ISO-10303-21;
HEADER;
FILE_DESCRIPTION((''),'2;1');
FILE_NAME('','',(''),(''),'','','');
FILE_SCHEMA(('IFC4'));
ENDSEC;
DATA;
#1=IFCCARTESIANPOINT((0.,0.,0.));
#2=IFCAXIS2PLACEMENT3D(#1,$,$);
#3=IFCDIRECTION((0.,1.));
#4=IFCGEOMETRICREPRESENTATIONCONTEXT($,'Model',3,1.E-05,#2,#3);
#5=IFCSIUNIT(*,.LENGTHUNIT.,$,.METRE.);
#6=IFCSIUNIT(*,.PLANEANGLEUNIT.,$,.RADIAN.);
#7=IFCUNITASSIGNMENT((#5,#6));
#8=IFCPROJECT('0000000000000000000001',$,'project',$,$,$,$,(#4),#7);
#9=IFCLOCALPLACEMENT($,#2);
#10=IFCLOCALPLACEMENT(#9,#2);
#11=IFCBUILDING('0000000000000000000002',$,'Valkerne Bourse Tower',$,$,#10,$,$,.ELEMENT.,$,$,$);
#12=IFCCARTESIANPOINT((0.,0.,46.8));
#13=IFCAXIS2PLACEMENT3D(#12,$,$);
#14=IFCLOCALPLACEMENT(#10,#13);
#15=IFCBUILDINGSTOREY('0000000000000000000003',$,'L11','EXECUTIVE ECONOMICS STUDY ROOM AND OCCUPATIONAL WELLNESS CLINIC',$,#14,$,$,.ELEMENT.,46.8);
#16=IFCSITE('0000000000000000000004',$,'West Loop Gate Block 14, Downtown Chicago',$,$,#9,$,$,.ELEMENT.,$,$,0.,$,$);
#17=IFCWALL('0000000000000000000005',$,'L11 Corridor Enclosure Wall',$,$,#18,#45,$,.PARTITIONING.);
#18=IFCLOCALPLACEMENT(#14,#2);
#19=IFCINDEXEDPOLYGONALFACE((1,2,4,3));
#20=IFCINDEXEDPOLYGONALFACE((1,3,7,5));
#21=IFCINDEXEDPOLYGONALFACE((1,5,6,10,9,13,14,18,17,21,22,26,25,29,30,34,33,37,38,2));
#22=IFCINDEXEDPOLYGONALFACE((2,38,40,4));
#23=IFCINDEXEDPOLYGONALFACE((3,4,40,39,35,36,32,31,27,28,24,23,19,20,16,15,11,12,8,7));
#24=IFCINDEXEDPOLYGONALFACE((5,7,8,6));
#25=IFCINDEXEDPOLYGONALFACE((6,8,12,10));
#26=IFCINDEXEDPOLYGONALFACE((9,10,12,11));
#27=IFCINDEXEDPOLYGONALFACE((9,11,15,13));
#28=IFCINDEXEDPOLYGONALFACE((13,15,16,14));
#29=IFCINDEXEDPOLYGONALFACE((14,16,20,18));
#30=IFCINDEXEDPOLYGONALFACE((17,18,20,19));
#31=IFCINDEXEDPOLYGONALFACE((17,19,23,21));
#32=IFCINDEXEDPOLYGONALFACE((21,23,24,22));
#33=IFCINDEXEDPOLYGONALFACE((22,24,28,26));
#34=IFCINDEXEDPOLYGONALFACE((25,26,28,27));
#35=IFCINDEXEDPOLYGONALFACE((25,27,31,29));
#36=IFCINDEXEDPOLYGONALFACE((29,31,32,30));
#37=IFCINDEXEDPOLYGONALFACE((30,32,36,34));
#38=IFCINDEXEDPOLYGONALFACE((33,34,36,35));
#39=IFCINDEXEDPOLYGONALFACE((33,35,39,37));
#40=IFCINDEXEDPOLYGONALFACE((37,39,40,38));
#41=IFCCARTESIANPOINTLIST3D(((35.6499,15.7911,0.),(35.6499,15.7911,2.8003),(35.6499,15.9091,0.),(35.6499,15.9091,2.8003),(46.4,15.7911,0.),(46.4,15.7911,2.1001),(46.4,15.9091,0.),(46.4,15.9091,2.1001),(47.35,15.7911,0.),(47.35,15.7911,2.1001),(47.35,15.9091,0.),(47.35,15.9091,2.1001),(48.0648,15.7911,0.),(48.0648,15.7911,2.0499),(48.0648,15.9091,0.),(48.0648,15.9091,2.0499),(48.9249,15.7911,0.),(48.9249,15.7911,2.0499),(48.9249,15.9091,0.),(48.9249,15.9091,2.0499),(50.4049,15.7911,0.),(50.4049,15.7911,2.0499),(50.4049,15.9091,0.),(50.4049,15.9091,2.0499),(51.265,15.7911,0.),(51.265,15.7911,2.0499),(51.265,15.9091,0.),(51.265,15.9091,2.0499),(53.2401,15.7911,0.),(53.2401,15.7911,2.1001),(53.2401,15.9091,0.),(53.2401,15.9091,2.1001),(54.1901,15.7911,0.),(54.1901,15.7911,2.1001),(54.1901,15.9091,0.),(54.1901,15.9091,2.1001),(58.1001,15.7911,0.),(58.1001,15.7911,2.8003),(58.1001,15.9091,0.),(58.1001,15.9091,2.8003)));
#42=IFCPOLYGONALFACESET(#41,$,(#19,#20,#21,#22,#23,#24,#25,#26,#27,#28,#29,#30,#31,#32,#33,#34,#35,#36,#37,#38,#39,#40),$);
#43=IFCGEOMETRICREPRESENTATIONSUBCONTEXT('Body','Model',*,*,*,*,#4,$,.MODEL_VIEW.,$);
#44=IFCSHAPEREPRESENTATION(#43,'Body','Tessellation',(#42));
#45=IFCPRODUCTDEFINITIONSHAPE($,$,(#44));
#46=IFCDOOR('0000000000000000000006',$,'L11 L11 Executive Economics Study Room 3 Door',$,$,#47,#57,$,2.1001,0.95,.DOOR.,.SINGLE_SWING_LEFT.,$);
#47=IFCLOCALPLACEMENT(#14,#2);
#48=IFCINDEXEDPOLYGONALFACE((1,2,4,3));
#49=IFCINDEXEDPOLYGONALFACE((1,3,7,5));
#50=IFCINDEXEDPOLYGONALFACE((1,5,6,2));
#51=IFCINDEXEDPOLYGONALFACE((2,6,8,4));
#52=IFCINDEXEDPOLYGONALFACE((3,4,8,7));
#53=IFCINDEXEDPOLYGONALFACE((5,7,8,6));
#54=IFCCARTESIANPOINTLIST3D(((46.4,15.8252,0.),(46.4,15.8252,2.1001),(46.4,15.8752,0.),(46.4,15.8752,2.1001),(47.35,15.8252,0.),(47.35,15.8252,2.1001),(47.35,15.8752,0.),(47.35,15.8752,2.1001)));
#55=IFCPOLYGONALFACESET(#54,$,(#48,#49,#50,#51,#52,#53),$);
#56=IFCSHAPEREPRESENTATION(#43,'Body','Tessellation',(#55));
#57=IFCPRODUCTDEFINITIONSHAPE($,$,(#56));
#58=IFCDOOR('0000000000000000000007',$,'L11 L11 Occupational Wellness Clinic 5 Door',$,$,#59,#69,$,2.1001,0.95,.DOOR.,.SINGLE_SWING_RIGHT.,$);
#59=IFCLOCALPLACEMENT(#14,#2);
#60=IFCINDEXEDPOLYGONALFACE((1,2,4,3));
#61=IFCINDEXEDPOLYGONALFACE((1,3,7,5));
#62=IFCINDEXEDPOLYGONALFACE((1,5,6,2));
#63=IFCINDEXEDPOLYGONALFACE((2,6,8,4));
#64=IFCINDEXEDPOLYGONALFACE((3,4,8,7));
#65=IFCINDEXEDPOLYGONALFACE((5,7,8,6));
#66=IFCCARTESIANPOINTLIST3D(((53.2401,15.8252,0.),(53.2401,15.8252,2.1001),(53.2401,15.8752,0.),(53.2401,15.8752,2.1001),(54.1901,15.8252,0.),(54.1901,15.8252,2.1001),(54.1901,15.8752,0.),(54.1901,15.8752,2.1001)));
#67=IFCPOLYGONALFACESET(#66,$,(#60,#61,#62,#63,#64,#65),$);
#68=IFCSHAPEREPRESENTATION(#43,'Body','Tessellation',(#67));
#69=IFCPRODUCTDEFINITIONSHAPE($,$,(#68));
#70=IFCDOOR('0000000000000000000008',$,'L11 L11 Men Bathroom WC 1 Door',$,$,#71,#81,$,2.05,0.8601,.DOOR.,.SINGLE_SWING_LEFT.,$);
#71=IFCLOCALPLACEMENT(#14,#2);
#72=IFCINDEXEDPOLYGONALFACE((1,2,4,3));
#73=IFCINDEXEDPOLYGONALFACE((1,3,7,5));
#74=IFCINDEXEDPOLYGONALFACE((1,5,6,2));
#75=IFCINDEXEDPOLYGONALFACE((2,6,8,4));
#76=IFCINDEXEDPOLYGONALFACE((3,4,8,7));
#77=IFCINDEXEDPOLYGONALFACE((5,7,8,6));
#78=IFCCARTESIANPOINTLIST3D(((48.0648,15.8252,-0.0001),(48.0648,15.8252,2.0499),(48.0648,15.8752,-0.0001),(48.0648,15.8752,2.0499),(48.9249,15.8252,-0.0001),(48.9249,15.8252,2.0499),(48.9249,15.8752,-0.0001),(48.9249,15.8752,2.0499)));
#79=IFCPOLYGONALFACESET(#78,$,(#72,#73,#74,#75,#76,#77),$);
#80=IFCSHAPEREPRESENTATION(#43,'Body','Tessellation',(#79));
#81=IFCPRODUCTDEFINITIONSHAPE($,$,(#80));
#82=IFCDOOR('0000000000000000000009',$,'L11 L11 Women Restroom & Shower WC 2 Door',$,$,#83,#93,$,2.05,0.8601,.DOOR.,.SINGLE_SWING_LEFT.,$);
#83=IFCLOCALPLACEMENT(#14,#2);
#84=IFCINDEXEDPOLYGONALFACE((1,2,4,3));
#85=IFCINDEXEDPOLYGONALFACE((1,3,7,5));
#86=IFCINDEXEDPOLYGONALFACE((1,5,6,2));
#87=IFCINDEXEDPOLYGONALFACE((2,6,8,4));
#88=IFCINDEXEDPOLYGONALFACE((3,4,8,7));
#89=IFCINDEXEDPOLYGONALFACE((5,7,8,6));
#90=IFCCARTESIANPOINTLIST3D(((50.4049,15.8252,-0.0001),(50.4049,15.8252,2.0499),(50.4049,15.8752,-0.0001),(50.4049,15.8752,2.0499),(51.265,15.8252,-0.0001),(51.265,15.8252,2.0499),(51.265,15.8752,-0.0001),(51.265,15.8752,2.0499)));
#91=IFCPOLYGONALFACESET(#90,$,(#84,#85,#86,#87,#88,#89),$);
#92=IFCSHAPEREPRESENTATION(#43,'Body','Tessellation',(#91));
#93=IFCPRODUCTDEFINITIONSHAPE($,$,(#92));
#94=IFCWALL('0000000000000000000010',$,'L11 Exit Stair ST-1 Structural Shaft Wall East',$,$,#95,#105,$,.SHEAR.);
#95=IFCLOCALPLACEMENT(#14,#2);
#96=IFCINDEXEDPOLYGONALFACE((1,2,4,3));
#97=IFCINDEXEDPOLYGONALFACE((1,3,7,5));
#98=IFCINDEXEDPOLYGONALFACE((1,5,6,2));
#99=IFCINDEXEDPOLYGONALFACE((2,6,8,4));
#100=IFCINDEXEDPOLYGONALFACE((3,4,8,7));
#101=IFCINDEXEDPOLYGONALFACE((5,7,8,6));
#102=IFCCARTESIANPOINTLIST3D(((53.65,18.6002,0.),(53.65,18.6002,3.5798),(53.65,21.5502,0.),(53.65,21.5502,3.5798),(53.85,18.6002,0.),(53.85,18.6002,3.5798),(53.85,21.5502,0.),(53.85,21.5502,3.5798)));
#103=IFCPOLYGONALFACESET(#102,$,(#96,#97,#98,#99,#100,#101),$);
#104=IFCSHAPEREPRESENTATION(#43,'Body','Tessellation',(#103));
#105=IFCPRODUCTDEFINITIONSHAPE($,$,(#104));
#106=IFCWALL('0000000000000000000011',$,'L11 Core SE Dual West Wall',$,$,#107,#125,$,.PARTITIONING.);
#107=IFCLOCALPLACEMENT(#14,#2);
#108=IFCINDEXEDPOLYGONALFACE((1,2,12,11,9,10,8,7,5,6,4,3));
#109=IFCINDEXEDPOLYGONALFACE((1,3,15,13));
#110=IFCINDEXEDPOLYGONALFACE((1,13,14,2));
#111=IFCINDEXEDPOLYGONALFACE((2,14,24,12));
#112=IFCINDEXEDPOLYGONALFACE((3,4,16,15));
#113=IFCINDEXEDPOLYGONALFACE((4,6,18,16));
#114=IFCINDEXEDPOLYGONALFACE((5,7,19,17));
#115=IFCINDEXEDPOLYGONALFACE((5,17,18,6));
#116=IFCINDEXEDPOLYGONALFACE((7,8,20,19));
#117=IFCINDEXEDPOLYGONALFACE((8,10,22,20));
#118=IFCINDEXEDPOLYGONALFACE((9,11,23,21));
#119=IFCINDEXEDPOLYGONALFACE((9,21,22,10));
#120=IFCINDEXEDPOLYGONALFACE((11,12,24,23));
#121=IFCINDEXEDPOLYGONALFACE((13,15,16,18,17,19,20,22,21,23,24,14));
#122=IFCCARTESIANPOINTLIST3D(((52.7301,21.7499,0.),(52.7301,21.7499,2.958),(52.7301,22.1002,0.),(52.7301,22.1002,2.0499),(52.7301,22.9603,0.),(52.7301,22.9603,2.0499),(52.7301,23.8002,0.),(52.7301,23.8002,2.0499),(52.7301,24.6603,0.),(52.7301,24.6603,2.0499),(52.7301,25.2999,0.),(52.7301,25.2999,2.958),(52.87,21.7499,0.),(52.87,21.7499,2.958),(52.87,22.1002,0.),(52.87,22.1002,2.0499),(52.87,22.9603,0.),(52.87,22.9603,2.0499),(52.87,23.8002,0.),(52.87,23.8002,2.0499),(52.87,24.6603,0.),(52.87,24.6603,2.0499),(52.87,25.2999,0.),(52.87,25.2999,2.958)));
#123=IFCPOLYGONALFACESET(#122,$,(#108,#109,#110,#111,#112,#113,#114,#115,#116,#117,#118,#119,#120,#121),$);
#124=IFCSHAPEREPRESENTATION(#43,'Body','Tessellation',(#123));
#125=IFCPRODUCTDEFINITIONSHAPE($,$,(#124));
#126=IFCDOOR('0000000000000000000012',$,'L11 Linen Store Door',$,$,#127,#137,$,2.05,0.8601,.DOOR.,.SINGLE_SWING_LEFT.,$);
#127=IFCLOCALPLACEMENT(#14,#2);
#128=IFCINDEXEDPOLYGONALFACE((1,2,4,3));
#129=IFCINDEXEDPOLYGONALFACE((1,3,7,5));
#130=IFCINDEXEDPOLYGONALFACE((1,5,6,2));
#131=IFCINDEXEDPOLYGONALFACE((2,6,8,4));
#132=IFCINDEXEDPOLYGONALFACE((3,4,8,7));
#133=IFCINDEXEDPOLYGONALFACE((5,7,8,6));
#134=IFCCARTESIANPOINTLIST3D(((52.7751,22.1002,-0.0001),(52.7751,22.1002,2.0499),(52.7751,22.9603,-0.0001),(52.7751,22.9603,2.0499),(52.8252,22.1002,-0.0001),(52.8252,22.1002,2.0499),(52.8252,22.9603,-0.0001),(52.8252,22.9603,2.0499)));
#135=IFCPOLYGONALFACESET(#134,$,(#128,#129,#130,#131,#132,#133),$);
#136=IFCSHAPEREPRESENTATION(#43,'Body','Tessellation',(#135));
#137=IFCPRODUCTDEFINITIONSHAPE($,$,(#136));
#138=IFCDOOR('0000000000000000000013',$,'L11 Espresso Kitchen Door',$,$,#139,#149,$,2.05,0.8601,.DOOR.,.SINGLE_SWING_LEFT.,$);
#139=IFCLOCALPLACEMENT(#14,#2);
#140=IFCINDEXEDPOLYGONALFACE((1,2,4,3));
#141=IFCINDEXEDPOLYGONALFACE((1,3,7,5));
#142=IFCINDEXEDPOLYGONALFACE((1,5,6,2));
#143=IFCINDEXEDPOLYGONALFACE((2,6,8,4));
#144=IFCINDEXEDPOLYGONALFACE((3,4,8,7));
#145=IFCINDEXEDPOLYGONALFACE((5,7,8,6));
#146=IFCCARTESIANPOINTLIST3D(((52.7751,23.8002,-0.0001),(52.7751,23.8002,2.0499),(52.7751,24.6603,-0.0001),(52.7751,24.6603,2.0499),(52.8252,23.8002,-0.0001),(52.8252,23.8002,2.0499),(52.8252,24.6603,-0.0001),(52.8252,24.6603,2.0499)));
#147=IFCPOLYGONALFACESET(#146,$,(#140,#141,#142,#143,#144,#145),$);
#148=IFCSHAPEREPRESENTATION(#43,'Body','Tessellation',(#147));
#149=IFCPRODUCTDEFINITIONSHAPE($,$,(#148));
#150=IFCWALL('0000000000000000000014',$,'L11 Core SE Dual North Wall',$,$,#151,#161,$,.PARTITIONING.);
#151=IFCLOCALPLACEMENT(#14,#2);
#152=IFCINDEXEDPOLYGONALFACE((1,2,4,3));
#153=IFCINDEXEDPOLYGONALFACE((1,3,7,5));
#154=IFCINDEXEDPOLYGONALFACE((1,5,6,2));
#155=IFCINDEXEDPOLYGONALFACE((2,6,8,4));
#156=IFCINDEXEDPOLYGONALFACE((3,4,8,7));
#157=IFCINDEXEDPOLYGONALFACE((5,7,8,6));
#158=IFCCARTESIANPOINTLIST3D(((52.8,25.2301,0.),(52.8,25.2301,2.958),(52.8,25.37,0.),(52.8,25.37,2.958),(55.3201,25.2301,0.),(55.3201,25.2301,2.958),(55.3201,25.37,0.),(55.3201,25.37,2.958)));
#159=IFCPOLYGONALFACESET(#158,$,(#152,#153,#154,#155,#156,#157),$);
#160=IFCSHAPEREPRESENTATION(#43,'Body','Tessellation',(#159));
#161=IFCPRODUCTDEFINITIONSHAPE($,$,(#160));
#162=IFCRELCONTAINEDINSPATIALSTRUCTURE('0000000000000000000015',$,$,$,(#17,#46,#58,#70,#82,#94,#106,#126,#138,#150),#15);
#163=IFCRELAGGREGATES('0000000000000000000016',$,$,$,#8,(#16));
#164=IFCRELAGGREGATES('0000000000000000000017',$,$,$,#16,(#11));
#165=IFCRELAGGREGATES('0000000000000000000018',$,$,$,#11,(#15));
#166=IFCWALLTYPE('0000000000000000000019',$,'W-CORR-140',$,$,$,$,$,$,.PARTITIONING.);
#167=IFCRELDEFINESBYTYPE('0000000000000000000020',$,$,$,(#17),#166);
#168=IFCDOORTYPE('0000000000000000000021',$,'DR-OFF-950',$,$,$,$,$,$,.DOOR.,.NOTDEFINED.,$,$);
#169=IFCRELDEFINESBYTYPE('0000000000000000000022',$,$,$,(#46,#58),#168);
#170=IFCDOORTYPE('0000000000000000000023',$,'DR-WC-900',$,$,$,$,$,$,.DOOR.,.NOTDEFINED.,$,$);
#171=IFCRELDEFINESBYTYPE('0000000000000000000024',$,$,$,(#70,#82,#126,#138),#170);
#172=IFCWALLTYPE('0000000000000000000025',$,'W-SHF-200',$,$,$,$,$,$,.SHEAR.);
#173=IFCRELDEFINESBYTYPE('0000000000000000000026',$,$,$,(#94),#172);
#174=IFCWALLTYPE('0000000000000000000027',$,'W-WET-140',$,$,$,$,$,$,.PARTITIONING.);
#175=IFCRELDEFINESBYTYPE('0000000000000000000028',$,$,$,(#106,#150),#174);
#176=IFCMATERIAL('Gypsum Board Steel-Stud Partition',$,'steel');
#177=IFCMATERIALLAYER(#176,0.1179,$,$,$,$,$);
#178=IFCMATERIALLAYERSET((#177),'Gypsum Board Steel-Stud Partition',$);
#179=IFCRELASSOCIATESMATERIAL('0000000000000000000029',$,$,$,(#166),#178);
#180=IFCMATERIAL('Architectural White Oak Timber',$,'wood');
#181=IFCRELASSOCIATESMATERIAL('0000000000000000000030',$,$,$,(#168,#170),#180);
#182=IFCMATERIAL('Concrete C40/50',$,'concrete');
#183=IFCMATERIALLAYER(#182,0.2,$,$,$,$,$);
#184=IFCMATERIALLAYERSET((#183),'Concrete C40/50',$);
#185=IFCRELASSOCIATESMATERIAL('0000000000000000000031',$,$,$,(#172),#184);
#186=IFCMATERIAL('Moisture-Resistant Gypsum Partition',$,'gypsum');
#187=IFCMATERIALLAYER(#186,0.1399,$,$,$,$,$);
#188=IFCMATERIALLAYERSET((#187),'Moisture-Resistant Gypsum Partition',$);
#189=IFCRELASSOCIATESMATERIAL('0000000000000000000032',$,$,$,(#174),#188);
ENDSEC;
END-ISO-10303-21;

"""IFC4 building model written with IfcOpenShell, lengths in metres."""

from ifc_helpers import new_model, si_unit, direction, frame, frame_2d, origin, place, context, subcontext, project, spatial, rectangle, extrude, material, layer, layer_set, type_object, element, fill, save


model = new_model("IFC4")

# Units and contexts
model_context = context("Model", 3, precision=1e-05, world=origin(), true_north=direction((0.0, 1.0)))
body_context = subcontext(model_context, "Body", "Model", "MODEL_VIEW")
ifc_project = project(units=[si_unit("LENGTHUNIT", "METRE"), si_unit("PLANEANGLEUNIT", "RADIAN")], contexts=[model_context])

# Site, building, storey
site_placement = place(None, origin())
site = spatial("IfcSite", under=ifc_project, at=site_placement, Name="West Loop Gate Block 14, Downtown Chicago", CompositionType="ELEMENT", RefElevation=0.0)
building_placement = place(site_placement, origin())
building = spatial("IfcBuilding", under=site, at=building_placement, Name="Valkerne Bourse Tower", CompositionType="ELEMENT")
storey_placement = place(building_placement, frame((0.0, 0.0, 46.8)))
storey = spatial("IfcBuildingStorey", under=building, at=storey_placement, Name="L11", Description="EXECUTIVE ECONOMICS STUDY ROOM AND OCCUPATIONAL WELLNESS CLINIC", CompositionType="ELEMENT", Elevation=46.8)

# Shared definitions
ifc_material_1 = material(Name="Gypsum Board Steel-Stud Partition", Category="steel")
ifc_layer_1 = layer(ifc_material_1, 0.1179)
ifc_layer_set_1 = layer_set([ifc_layer_1], Name="Gypsum Board Steel-Stud Partition")
wall_type_1 = type_object("IfcWallType", Name="W-CORR-140", PredefinedType="PARTITIONING", material=ifc_layer_set_1)

# Wall, openings, doors
wall_1_placement = place(storey_placement, frame((58.1001, 15.8501, 0.0), z_axis=(0.0, 0.0, 1.0), x_axis=(-1.0, 0.0, 0.0)))
wall_1 = element("IfcWall", 1, at=wall_1_placement, inside=storey, type_object=wall_type_1, Name="L11 Corridor Enclosure Wall", PredefinedType="PARTITIONING", context=body_context, shape_type="SweptSolid", body=[
    extrude(rectangle(XDim=22.4502, YDim=0.1179, at=frame_2d((11.2251, 0.0))), origin(), (0.0, 0.0, 1.0), 2.8003),
])
opening_1_placement = place(wall_1_placement, frame((9.175, 0.0, 0.0)))
opening_1 = element("IfcOpeningElement", 2, at=opening_1_placement, cuts=wall_1, PredefinedType="OPENING", context=body_context, shape_type="SweptSolid", body=[
    extrude(rectangle(XDim=0.8601, YDim=2.05, at=frame_2d((0.4302, 1.0249))), frame((0.0, 0.0688, 0.0), z_axis=(0.0, -1.0, 0.0), x_axis=(1.0, 0.0, 0.0)), (0.0, 0.0, 1.0), 0.1379),
])
opening_2_placement = place(wall_1_placement, frame((6.835, 0.0, 0.0)))
opening_2 = element("IfcOpeningElement", 3, at=opening_2_placement, cuts=wall_1, PredefinedType="OPENING", context=body_context, shape_type="SweptSolid", body=[
    extrude(rectangle(XDim=0.8601, YDim=2.05, at=frame_2d((0.4302, 1.0249))), frame((0.0, 0.0688, 0.0), z_axis=(0.0, -1.0, 0.0), x_axis=(1.0, 0.0, 0.0)), (0.0, 0.0, 1.0), 0.1379),
])
opening_3_placement = place(wall_1_placement, frame((10.75, 0.0, 0.0)))
opening_3 = element("IfcOpeningElement", 4, at=opening_3_placement, cuts=wall_1, PredefinedType="OPENING", context=body_context, shape_type="SweptSolid", body=[
    extrude(rectangle(XDim=0.95, YDim=2.1001, at=frame_2d((0.4751, 1.05))), frame((0.0, 0.0688, 0.0), z_axis=(0.0, -1.0, 0.0), x_axis=(1.0, 0.0, 0.0)), (0.0, 0.0, 1.0), 0.1379),
])
opening_4_placement = place(wall_1_placement, frame((3.9099, 0.0, 0.0)))
opening_4 = element("IfcOpeningElement", 5, at=opening_4_placement, cuts=wall_1, PredefinedType="OPENING", context=body_context, shape_type="SweptSolid", body=[
    extrude(rectangle(XDim=0.95, YDim=2.1001, at=frame_2d((0.4751, 1.05))), frame((0.0, 0.0688, 0.0), z_axis=(0.0, -1.0, 0.0), x_axis=(1.0, 0.0, 0.0)), (0.0, 0.0, 1.0), 0.1379),
])
ifc_material_2 = material(Name="Architectural White Oak Timber", Category="wood")
door_type_1 = type_object("IfcDoorType", Name="DR-OFF-950", OperationType="NOTDEFINED", PredefinedType="DOOR", material=ifc_material_2)
door_1_placement = place(opening_3_placement, origin())
door_1 = element("IfcDoor", 6, at=door_1_placement, inside=storey, type_object=door_type_1, Name="L11 L11 Executive Economics Study Room 3 Door", OperationType="SINGLE_SWING_LEFT", OverallHeight=2.1001, OverallWidth=0.95, PredefinedType="DOOR", context=body_context, shape_type="SweptSolid", body=[
    extrude(rectangle(XDim=0.95, YDim=2.1001, at=frame_2d((0.4751, 1.05))), frame((0.0, 0.0249, 0.0), z_axis=(0.0, -1.0, 0.0), x_axis=(1.0, 0.0, 0.0)), (0.0, 0.0, 1.0), 0.05),
])
fill(opening_3, door_1)
door_2_placement = place(opening_4_placement, origin())
door_2 = element("IfcDoor", 7, at=door_2_placement, inside=storey, type_object=door_type_1, Name="L11 L11 Occupational Wellness Clinic 5 Door", OperationType="SINGLE_SWING_RIGHT", OverallHeight=2.1001, OverallWidth=0.95, PredefinedType="DOOR", context=body_context, shape_type="SweptSolid", body=[
    extrude(rectangle(XDim=0.95, YDim=2.1001, at=frame_2d((0.4751, 1.05))), frame((0.0, 0.0249, 0.0), z_axis=(0.0, -1.0, 0.0), x_axis=(1.0, 0.0, 0.0)), (0.0, 0.0, 1.0), 0.05),
])
fill(opening_4, door_2)
door_type_2 = type_object("IfcDoorType", Name="DR-WC-900", OperationType="NOTDEFINED", PredefinedType="DOOR", material=ifc_material_2)
door_3_placement = place(opening_1_placement, origin())
door_3 = element("IfcDoor", 8, at=door_3_placement, inside=storey, type_object=door_type_2, Name="L11 L11 Men Bathroom WC 1 Door", OperationType="SINGLE_SWING_LEFT", OverallHeight=2.05, OverallWidth=0.8601, PredefinedType="DOOR", context=body_context, shape_type="SweptSolid", body=[
    extrude(rectangle(XDim=0.8601, YDim=2.05, at=frame_2d((0.4302, 1.0249))), frame((0.0, 0.0249, 0.0), z_axis=(0.0, -1.0, 0.0), x_axis=(1.0, 0.0, 0.0)), (0.0, 0.0, 1.0), 0.05),
])
fill(opening_1, door_3)
door_4_placement = place(opening_2_placement, origin())
door_4 = element("IfcDoor", 9, at=door_4_placement, inside=storey, type_object=door_type_2, Name="L11 L11 Women Restroom & Shower WC 2 Door", OperationType="SINGLE_SWING_LEFT", OverallHeight=2.05, OverallWidth=0.8601, PredefinedType="DOOR", context=body_context, shape_type="SweptSolid", body=[
    extrude(rectangle(XDim=0.8601, YDim=2.05, at=frame_2d((0.4302, 1.0249))), frame((0.0, 0.0249, 0.0), z_axis=(0.0, -1.0, 0.0), x_axis=(1.0, 0.0, 0.0)), (0.0, 0.0, 1.0), 0.05),
])
fill(opening_2, door_4)

# Wall
ifc_material_3 = material(Name="Concrete C40/50", Category="concrete")
ifc_layer_2 = layer(ifc_material_3, 0.2)
ifc_layer_set_2 = layer_set([ifc_layer_2], Name="Concrete C40/50")
wall_type_2 = type_object("IfcWallType", Name="W-SHF-200", PredefinedType="SHEAR", material=ifc_layer_set_2)
wall_2_placement = place(storey_placement, frame((53.75, 18.6001, 0.0), z_axis=(0.0, 0.0, 1.0), x_axis=(0.0, 1.0, 0.0)))
element("IfcWall", 10, at=wall_2_placement, inside=storey, type_object=wall_type_2, Name="L11 Exit Stair ST-1 Structural Shaft Wall East", PredefinedType="SHEAR", context=body_context, shape_type="SweptSolid", body=[
    extrude(rectangle(XDim=2.95, YDim=0.2, at=frame_2d((1.4751, 0.0))), origin(), (0.0, 0.0, 1.0), 3.5798),
])

# Wall, openings, doors
ifc_material_4 = material(Name="Moisture-Resistant Gypsum Partition", Category="gypsum")
ifc_layer_3 = layer(ifc_material_4, 0.1399)
ifc_layer_set_3 = layer_set([ifc_layer_3], Name="Moisture-Resistant Gypsum Partition")
wall_type_3 = type_object("IfcWallType", Name="W-WET-140", PredefinedType="PARTITIONING", material=ifc_layer_set_3)
wall_3_placement = place(storey_placement, frame((52.8, 21.75, 0.0), z_axis=(0.0, 0.0, 1.0), x_axis=(0.0, 1.0, 0.0)))
wall_3 = element("IfcWall", 11, at=wall_3_placement, inside=storey, type_object=wall_type_3, Name="L11 Core SE Dual West Wall", PredefinedType="PARTITIONING", context=body_context, shape_type="SweptSolid", body=[
    extrude(rectangle(XDim=3.55, YDim=0.1399, at=frame_2d((1.7749, 0.0))), origin(), (0.0, 0.0, 1.0), 2.958),
])
opening_5_placement = place(wall_3_placement, frame((0.3501, 0.0, 0.0)))
opening_5 = element("IfcOpeningElement", 12, at=opening_5_placement, cuts=wall_3, PredefinedType="OPENING", context=body_context, shape_type="SweptSolid", body=[
    extrude(rectangle(XDim=0.8601, YDim=2.05, at=frame_2d((0.4302, 1.0249))), frame((0.0, 0.0798, 0.0), z_axis=(0.0, -1.0, 0.0), x_axis=(1.0, 0.0, 0.0)), (0.0, 0.0, 1.0), 0.1599),
])
opening_6_placement = place(wall_3_placement, frame((2.05, 0.0, 0.0)))
opening_6 = element("IfcOpeningElement", 13, at=opening_6_placement, cuts=wall_3, PredefinedType="OPENING", context=body_context, shape_type="SweptSolid", body=[
    extrude(rectangle(XDim=0.8601, YDim=2.05, at=frame_2d((0.4302, 1.0249))), frame((0.0, 0.0798, 0.0), z_axis=(0.0, -1.0, 0.0), x_axis=(1.0, 0.0, 0.0)), (0.0, 0.0, 1.0), 0.1599),
])
door_5_placement = place(opening_5_placement, origin())
door_5 = element("IfcDoor", 14, at=door_5_placement, inside=storey, type_object=door_type_2, Name="L11 Linen Store Door", OperationType="SINGLE_SWING_LEFT", OverallHeight=2.05, OverallWidth=0.8601, PredefinedType="DOOR", context=body_context, shape_type="SweptSolid", body=[
    extrude(rectangle(XDim=0.8601, YDim=2.05, at=frame_2d((0.4302, 1.0249))), frame((0.0, 0.0249, 0.0), z_axis=(0.0, -1.0, 0.0), x_axis=(1.0, 0.0, 0.0)), (0.0, 0.0, 1.0), 0.05),
])
fill(opening_5, door_5)
door_6_placement = place(opening_6_placement, origin())
door_6 = element("IfcDoor", 15, at=door_6_placement, inside=storey, type_object=door_type_2, Name="L11 Espresso Kitchen Door", OperationType="SINGLE_SWING_LEFT", OverallHeight=2.05, OverallWidth=0.8601, PredefinedType="DOOR", context=body_context, shape_type="SweptSolid", body=[
    extrude(rectangle(XDim=0.8601, YDim=2.05, at=frame_2d((0.4302, 1.0249))), frame((0.0, 0.0249, 0.0), z_axis=(0.0, -1.0, 0.0), x_axis=(1.0, 0.0, 0.0)), (0.0, 0.0, 1.0), 0.05),
])
fill(opening_6, door_6)

# Wall
wall_4_placement = place(storey_placement, frame((52.8, 25.3, 0.0), z_axis=(0.0, 0.0, 1.0), x_axis=(1.0, 0.0, 0.0)))
element("IfcWall", 16, at=wall_4_placement, inside=storey, type_object=wall_type_3, Name="L11 Core SE Dual North Wall", PredefinedType="PARTITIONING", context=body_context, shape_type="SweptSolid", body=[
    extrude(rectangle(XDim=2.52, YDim=0.1399, at=frame_2d((1.26, 0.0))), origin(), (0.0, 0.0, 1.0), 2.958),
])

save(model, "model.ifc")
